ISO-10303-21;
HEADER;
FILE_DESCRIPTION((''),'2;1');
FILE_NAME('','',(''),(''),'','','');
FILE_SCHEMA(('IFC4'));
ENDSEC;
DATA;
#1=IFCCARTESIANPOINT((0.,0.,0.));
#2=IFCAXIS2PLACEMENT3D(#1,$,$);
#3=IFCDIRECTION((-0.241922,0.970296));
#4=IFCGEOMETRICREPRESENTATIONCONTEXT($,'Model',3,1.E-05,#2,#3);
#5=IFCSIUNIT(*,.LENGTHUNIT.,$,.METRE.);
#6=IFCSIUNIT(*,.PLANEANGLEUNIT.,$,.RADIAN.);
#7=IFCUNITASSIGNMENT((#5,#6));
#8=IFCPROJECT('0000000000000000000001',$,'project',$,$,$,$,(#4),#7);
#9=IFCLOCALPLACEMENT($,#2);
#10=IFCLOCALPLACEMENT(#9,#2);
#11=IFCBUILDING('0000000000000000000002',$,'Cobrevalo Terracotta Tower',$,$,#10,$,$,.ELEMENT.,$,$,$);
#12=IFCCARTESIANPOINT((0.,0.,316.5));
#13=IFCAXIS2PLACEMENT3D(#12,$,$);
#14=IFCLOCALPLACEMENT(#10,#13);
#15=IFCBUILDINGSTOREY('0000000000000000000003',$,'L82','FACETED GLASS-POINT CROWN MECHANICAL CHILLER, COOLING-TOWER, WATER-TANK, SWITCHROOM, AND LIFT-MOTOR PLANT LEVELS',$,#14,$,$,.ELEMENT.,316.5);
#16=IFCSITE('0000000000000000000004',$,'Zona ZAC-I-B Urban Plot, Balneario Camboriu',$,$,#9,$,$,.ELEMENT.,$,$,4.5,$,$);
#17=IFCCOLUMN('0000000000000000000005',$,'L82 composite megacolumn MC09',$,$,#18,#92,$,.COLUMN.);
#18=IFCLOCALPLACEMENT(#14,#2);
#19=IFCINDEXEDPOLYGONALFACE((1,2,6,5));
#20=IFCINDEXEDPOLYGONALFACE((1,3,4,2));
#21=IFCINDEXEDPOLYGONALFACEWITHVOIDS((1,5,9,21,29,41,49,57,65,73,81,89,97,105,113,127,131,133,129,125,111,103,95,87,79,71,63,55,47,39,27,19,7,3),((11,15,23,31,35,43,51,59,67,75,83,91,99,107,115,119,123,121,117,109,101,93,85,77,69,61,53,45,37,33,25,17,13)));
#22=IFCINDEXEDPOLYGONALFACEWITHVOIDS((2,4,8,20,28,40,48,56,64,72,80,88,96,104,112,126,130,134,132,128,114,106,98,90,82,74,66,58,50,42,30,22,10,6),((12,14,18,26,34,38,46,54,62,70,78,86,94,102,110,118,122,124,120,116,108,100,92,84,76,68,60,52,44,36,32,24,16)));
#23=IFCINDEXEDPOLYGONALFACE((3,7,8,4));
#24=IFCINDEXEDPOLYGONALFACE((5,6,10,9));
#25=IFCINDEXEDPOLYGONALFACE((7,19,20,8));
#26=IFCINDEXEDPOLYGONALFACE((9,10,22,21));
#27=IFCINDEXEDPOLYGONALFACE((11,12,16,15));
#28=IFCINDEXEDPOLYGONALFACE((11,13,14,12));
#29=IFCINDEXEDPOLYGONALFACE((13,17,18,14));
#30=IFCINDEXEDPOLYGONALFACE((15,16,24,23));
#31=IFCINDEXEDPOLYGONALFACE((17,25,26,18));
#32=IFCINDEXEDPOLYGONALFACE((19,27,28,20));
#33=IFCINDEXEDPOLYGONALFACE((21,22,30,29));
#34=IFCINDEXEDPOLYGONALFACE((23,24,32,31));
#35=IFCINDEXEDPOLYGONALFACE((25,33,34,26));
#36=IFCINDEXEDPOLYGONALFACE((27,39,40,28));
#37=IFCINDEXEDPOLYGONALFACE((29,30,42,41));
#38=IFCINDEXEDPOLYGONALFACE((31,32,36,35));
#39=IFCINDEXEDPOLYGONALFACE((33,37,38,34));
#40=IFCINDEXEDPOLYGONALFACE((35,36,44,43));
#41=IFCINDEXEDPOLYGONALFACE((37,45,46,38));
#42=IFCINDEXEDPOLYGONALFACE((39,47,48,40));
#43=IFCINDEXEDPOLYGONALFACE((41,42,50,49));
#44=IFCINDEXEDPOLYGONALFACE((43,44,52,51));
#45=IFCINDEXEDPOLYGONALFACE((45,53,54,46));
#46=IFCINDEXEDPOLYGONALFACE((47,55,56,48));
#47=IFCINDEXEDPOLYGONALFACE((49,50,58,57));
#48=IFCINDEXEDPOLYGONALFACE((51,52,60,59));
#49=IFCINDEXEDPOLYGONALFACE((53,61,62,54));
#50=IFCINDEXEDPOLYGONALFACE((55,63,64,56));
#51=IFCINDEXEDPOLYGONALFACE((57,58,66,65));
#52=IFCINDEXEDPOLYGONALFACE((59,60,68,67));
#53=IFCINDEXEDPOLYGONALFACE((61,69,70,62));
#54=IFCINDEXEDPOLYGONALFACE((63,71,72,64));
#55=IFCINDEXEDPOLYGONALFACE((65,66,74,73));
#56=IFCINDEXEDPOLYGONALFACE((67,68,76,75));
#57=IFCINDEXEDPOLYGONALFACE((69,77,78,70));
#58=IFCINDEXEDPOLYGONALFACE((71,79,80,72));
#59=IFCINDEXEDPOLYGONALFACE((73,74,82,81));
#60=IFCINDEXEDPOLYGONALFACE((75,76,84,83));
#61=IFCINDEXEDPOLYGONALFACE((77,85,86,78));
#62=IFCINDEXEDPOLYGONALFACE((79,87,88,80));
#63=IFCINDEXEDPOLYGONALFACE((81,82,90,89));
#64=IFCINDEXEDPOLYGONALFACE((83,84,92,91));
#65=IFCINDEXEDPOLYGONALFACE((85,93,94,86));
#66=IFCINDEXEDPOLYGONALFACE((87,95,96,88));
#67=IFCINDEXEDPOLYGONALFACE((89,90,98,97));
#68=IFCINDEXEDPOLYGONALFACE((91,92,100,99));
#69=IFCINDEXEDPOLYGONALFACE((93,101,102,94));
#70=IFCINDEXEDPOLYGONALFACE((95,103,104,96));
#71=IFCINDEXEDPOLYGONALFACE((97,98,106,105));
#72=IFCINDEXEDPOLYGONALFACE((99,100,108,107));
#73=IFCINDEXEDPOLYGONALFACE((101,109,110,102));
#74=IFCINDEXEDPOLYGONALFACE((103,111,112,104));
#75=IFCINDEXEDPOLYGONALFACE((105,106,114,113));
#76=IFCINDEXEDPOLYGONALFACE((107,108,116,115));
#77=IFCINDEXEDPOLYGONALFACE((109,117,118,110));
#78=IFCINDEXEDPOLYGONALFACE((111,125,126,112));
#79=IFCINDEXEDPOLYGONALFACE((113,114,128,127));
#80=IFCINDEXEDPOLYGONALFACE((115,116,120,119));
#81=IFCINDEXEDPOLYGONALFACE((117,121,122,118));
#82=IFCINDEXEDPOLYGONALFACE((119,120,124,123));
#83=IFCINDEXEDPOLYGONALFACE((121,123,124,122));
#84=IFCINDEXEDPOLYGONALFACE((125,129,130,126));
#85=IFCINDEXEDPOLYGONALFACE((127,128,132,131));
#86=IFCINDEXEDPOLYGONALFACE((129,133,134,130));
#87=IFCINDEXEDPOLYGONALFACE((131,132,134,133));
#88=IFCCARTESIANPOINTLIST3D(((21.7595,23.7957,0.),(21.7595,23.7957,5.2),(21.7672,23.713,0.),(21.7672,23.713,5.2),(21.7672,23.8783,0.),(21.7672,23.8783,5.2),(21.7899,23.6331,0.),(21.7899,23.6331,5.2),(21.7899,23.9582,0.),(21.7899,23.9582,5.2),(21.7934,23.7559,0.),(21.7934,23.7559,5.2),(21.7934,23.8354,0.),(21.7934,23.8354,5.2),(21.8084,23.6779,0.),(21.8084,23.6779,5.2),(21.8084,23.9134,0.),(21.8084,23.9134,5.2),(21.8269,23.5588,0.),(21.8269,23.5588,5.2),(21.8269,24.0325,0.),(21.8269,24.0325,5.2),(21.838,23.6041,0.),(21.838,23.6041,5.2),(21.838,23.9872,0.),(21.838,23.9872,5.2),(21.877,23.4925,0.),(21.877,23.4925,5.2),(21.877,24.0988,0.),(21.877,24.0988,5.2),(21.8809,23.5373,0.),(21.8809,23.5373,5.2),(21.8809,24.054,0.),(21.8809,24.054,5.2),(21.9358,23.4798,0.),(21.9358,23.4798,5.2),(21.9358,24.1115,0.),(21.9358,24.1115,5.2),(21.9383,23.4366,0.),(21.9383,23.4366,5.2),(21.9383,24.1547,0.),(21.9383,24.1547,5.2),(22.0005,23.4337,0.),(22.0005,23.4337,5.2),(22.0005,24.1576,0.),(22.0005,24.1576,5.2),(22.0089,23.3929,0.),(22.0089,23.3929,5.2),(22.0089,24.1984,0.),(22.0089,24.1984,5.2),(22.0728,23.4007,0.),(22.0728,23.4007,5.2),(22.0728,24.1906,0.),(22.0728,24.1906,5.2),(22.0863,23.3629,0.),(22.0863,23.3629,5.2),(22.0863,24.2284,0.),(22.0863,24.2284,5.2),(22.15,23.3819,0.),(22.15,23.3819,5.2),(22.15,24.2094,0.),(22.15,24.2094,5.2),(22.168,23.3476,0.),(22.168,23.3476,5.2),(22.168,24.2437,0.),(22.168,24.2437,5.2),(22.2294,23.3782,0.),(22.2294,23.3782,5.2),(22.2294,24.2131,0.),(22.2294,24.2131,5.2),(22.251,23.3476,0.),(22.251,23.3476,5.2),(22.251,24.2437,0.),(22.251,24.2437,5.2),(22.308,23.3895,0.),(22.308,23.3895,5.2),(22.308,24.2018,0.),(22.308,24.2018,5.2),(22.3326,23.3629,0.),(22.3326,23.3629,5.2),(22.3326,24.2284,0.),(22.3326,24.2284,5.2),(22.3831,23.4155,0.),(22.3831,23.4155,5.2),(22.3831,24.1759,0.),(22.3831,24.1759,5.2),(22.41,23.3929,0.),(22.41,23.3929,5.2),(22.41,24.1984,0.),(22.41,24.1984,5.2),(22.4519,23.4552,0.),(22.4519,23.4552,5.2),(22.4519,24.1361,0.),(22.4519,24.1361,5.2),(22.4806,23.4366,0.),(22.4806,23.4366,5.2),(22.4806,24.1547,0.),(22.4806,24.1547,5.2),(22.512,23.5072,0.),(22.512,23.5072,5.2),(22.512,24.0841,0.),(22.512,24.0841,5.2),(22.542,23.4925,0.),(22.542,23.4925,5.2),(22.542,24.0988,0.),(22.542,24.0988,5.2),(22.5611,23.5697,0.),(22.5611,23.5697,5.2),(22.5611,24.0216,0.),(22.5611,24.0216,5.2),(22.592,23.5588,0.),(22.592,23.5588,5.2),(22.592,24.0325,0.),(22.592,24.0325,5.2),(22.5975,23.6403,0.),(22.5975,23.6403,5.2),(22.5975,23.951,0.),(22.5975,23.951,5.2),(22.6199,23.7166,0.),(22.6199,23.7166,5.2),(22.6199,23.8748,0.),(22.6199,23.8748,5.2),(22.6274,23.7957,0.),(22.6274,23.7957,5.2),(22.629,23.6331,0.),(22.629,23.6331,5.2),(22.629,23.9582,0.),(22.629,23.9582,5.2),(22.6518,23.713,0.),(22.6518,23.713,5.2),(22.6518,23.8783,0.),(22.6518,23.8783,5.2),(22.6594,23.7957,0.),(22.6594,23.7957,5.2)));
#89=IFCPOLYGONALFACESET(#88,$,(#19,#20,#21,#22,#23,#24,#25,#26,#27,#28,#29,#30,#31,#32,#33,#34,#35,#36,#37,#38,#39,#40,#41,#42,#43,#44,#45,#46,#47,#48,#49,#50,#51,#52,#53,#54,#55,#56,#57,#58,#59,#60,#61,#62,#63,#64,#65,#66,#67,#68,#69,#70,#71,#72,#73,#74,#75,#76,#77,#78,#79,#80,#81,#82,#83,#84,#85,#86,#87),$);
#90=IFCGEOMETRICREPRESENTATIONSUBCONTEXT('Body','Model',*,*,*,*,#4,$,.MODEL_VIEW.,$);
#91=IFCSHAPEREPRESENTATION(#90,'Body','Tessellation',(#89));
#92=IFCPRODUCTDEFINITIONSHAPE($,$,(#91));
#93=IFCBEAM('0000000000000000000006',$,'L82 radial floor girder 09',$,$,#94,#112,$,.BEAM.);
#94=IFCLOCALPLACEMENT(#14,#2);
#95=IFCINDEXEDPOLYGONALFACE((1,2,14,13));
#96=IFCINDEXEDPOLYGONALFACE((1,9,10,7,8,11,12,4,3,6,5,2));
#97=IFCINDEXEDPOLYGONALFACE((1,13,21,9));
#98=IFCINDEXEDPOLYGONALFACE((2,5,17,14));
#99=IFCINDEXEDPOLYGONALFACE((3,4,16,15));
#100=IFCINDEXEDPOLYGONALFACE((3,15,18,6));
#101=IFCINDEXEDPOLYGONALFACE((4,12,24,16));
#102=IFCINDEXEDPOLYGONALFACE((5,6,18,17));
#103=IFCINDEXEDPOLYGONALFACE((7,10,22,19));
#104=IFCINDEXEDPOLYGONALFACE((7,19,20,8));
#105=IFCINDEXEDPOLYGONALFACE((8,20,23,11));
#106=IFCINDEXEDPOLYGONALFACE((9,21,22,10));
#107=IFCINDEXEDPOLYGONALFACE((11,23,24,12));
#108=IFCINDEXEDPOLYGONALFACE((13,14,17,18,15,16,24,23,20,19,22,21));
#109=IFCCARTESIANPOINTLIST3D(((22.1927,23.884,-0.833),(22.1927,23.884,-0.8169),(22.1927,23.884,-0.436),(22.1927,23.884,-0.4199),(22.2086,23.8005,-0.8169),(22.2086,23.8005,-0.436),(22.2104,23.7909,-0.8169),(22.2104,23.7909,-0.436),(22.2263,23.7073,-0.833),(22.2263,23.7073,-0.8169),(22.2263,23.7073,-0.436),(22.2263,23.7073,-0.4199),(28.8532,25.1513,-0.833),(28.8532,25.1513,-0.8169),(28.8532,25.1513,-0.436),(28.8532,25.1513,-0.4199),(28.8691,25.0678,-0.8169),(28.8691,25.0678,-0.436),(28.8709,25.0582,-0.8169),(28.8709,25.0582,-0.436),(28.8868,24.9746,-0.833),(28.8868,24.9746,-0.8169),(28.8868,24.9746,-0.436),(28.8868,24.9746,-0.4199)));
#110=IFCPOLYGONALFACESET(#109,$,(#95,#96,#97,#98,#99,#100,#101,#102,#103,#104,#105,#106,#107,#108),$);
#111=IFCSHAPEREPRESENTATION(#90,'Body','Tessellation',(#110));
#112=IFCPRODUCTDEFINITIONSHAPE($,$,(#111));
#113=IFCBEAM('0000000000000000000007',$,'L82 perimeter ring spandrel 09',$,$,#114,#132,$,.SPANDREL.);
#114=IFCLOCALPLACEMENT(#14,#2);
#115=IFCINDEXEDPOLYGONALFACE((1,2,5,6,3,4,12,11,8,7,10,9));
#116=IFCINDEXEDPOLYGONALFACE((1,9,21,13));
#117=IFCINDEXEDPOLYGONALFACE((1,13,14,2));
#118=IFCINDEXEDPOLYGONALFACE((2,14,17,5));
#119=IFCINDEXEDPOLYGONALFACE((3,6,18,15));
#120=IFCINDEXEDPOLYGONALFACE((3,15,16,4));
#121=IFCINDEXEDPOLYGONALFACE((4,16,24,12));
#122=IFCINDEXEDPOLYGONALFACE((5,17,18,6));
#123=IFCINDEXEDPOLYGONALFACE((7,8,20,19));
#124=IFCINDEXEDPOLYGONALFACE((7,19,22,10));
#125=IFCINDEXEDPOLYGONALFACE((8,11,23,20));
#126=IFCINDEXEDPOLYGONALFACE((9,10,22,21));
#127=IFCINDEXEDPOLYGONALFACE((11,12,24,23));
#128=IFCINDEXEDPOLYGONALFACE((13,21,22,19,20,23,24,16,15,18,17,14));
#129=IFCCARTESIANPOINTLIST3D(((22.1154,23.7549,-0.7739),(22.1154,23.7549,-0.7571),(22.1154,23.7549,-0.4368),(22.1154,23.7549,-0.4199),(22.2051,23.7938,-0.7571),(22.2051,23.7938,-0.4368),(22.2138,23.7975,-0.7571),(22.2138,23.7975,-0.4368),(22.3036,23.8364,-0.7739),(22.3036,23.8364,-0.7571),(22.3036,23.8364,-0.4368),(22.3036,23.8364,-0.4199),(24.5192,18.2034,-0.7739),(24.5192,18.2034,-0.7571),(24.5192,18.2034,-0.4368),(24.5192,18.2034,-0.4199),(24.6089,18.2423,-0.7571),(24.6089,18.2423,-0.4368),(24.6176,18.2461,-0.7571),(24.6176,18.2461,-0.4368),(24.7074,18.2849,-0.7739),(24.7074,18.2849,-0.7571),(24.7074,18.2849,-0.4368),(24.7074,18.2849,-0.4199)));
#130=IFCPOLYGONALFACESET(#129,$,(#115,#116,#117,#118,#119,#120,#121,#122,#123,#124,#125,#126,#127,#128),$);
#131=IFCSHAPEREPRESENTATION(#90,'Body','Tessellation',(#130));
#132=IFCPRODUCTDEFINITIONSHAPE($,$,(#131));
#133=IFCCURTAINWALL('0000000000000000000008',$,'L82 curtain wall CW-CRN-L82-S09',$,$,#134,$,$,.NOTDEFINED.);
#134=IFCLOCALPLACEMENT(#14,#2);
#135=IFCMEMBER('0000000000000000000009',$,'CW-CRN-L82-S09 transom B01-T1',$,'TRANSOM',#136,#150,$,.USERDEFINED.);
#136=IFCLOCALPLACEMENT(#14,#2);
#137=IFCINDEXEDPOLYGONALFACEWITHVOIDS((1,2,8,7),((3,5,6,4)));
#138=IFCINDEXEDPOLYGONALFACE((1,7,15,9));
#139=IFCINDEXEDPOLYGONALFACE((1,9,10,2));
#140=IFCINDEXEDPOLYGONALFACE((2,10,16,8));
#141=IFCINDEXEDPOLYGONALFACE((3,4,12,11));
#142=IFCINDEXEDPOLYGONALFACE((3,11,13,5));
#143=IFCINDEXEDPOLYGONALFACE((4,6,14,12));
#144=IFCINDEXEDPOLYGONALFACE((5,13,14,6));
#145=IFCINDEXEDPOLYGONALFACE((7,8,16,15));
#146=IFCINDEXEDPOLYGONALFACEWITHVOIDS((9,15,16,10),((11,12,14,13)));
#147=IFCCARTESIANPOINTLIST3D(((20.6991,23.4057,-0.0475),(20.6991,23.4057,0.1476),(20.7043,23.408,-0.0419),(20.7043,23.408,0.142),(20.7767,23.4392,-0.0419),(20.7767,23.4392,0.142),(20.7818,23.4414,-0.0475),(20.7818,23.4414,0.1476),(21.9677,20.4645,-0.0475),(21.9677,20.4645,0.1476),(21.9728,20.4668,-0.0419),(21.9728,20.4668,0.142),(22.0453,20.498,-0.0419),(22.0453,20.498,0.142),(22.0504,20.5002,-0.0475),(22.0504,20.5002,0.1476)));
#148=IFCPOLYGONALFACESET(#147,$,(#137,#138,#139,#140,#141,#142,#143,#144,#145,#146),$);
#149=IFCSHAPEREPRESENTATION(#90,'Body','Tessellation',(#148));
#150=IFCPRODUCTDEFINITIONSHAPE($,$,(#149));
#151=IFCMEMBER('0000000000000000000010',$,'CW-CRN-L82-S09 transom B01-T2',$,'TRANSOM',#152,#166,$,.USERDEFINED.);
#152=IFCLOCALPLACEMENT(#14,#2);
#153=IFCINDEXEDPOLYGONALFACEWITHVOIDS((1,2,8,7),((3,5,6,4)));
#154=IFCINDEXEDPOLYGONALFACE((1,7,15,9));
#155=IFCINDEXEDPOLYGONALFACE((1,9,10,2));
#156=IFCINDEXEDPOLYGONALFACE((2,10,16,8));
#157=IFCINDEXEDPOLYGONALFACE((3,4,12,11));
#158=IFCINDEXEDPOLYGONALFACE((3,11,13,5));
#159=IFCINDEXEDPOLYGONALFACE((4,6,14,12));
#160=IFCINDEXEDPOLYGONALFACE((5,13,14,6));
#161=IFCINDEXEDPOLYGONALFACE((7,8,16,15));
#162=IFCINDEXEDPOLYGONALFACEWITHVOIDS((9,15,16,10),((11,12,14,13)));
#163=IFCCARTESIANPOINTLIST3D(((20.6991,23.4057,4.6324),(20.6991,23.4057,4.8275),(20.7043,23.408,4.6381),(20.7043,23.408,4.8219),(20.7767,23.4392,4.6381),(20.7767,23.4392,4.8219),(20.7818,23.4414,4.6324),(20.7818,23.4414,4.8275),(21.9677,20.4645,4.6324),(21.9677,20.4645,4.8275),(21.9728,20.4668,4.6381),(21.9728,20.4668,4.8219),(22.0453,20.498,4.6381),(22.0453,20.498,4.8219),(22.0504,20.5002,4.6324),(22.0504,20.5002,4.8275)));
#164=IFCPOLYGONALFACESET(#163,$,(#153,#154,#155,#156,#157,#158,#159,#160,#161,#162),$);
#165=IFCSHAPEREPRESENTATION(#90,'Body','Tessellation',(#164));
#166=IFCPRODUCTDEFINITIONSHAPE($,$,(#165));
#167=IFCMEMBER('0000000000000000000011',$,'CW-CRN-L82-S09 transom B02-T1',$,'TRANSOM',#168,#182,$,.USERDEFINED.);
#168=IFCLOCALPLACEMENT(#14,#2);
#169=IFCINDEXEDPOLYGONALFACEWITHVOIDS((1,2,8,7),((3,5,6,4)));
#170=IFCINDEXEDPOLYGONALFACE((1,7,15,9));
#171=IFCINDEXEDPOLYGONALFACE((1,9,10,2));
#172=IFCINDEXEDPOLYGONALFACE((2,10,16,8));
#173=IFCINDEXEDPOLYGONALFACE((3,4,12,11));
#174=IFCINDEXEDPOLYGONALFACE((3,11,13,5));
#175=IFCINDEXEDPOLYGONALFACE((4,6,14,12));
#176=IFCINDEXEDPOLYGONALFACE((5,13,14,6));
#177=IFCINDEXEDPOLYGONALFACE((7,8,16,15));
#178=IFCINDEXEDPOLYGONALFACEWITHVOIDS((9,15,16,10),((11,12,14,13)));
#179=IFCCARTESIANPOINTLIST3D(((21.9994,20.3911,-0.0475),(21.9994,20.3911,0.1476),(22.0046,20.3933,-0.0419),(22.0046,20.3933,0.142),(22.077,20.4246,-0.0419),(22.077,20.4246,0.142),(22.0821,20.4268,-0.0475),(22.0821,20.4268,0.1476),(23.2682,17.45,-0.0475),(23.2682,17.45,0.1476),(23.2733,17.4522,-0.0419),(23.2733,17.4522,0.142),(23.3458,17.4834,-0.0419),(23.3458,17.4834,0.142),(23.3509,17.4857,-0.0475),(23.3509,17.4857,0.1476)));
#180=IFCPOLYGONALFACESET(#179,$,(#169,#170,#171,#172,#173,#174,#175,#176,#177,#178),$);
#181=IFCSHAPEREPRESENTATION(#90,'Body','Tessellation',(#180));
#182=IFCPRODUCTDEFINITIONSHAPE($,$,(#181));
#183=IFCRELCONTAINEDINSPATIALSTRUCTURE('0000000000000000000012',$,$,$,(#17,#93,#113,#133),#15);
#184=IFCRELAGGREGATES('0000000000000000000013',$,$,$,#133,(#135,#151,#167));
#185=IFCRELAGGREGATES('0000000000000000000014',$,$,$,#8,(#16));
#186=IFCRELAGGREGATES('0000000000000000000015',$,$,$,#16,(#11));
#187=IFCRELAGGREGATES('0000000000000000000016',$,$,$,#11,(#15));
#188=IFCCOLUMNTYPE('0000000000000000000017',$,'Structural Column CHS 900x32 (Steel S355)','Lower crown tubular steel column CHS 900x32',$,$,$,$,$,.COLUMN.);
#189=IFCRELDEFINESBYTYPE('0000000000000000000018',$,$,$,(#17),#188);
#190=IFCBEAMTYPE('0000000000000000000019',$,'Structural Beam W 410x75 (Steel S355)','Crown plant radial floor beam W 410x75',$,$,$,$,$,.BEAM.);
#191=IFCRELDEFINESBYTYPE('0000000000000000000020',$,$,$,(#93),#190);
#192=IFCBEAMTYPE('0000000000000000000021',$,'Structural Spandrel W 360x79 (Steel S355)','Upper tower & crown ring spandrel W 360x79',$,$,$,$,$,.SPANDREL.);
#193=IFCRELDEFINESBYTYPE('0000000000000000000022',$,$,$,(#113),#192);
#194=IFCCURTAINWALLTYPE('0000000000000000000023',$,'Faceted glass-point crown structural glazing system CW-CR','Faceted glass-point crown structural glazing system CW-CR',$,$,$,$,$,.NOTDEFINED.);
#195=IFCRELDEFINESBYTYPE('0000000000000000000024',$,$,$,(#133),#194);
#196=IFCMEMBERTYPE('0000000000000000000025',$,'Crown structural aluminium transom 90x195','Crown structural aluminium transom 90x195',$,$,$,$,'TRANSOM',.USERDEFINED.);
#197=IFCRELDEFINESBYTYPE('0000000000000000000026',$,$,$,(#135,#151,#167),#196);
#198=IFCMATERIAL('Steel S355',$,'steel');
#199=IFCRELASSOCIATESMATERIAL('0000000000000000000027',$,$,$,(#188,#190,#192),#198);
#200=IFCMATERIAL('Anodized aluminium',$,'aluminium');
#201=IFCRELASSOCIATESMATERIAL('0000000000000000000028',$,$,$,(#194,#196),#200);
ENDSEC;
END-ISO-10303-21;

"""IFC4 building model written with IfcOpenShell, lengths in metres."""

from ifc_helpers import new_model, si_unit, direction, frame, origin, origin_2d, place, context, subcontext, project, spatial, hollow_rectangle, hollow_circle, i_section, extrude, source, transform, mapped, material, material_profile, profile_set, type_object, element, aggregate, save


model = new_model("IFC4")

# Units and contexts
model_context = context("Model", 3, precision=1e-05, world=origin(), true_north=direction((-0.241922, 0.970296)))
body_context = subcontext(model_context, "Body", "Model", "MODEL_VIEW")
ifc_project = project(units=[si_unit("LENGTHUNIT", "METRE"), si_unit("PLANEANGLEUNIT", "RADIAN")], contexts=[model_context])

# Site, building, storey
site_placement = place(None, origin())
site = spatial("IfcSite", under=ifc_project, at=site_placement, Name="Zona ZAC-I-B Urban Plot, Balneario Camboriu", CompositionType="ELEMENT", RefElevation=4.5)
building_placement = place(site_placement, origin())
building = spatial("IfcBuilding", under=site, at=building_placement, Name="Cobrevalo Terracotta Tower", CompositionType="ELEMENT")
storey_placement = place(building_placement, frame((0.0, 0.0, 316.5)))
storey = spatial("IfcBuildingStorey", under=building, at=storey_placement, Name="L82", Description="FACETED GLASS-POINT CROWN MECHANICAL CHILLER, COOLING-TOWER, WATER-TANK, SWITCHROOM, AND LIFT-MOTOR PLANT LEVELS", CompositionType="ELEMENT", Elevation=316.5)

# Column
ifc_material_1 = material(Name="Steel S355", Category="steel")
ifc_material_profile_1 = material_profile(ifc_material_1, hollow_circle(Radius=0.45, WallThickness=0.032, at=origin_2d()), Name="CHS 900x32")
ifc_profile_set_1 = profile_set([ifc_material_profile_1], Name="Steel S355")
column_type = type_object("IfcColumnType", Name="Structural Column CHS 900x32 (Steel S355)", Description="Lower crown tubular steel column CHS 900x32", PredefinedType="COLUMN", material=ifc_profile_set_1)
column_placement = place(storey_placement, frame((22.2095, 23.7957, 0.0), z_axis=(0.0, 0.0, 1.0), x_axis=(1.0, 0.0, 0.0)))
element("IfcColumn", 1, at=column_placement, inside=storey, type_object=column_type, Name="L82 composite megacolumn MC09", PredefinedType="COLUMN", context=body_context, shape_type="SweptSolid", body=[
    extrude(hollow_circle(Radius=0.45, WallThickness=0.032, at=origin_2d()), origin(), (0.0, 0.0, 1.0), 5.2),
])

# Beams
ifc_material_profile_2 = material_profile(ifc_material_1, i_section(OverallWidth=0.1799, OverallDepth=0.4131, WebThickness=0.0098, FlangeThickness=0.0161, at=origin_2d()), Name="W 410x75")
ifc_profile_set_2 = profile_set([ifc_material_profile_2], Name="Steel S355")
beam_type_1 = type_object("IfcBeamType", Name="Structural Beam W 410x75 (Steel S355)", Description="Crown plant radial floor beam W 410x75", PredefinedType="BEAM", material=ifc_profile_set_2)
beam_1_placement = place(storey_placement, frame((22.2095, 23.7957, -0.6265), z_axis=(0.982375, 0.186919, 0.0), x_axis=(-0.186919, 0.982375, 0.0)))
element("IfcBeam", 2, at=beam_1_placement, inside=storey, type_object=beam_type_1, Name="L82 radial floor girder 09", PredefinedType="BEAM", context=body_context, shape_type="SweptSolid", body=[
    extrude(i_section(OverallWidth=0.1799, OverallDepth=0.4131, WebThickness=0.0098, FlangeThickness=0.0161, at=origin_2d()), origin(), (0.0, 0.0, 1.0), 6.78),
])
ifc_material_profile_3 = material_profile(ifc_material_1, i_section(OverallWidth=0.2051, OverallDepth=0.354, WebThickness=0.0095, FlangeThickness=0.0168, at=origin_2d()), Name="W 360x79")
ifc_profile_set_3 = profile_set([ifc_material_profile_3], Name="Steel S355")
beam_type_2 = type_object("IfcBeamType", Name="Structural Spandrel W 360x79 (Steel S355)", Description="Upper tower & crown ring spandrel W 360x79", PredefinedType="SPANDREL", material=ifc_profile_set_3)
beam_2_placement = place(storey_placement, frame((22.2095, 23.7957, -0.5969), z_axis=(0.39735, -0.917667, 0.0), x_axis=(0.917667, 0.39735, 0.0)))
element("IfcBeam", 3, at=beam_2_placement, inside=storey, type_object=beam_type_2, Name="L82 perimeter ring spandrel 09", PredefinedType="SPANDREL", context=body_context, shape_type="SweptSolid", body=[
    extrude(i_section(OverallWidth=0.2051, OverallDepth=0.354, WebThickness=0.0095, FlangeThickness=0.0168, at=origin_2d()), origin(), (0.0, 0.0, 1.0), 6.0496),
])

# Curtain wall, members
ifc_material_2 = material(Name="Anodized aluminium", Category="aluminium")
curtain_wall_type = type_object("IfcCurtainWallType", Name="Faceted glass-point crown structural glazing system CW-CR", Description="Faceted glass-point crown structural glazing system CW-CR", PredefinedType="NOTDEFINED", material=ifc_material_2)
curtain_wall_1_placement = place(storey_placement, origin())
curtain_wall_1 = element("IfcCurtainWall", 4, at=curtain_wall_1_placement, inside=storey, type_object=curtain_wall_type, Name="L82 curtain wall CW-CRN-L82-S09", PredefinedType="NOTDEFINED")
ifc_material_profile_4 = material_profile(ifc_material_2, hollow_rectangle(XDim=0.0901, YDim=0.1951, WallThickness=0.0056, at=origin_2d()), Name="CWT 90x195")
ifc_profile_set_4 = profile_set([ifc_material_profile_4], Name="Anodized aluminium")
member_type_1 = type_object("IfcMemberType", Name="Crown structural aluminium transom 90x195", Description="Crown structural aluminium transom 90x195", ElementType="TRANSOM", PredefinedType="USERDEFINED", material=ifc_profile_set_4)
shared_shape_1 = source(origin(), body_context, "Body", "SweptSolid", [
    extrude(hollow_rectangle(XDim=0.0901, YDim=0.1951, WallThickness=0.0056, at=origin_2d()), origin(), (0.0, 0.0, 1.0), 3.2031),
])
member_1_placement = place(storey_placement, frame((20.7405, 23.4236, 0.05), z_axis=(0.396043, -0.918232, 0.0), x_axis=(0.918232, 0.396043, 0.0)))
member_1 = element("IfcMember", 5, at=member_1_placement, type_object=member_type_1, Name="CW-CRN-L82-S09 transom B01-T1", ObjectType="TRANSOM", PredefinedType="USERDEFINED", context=body_context, shape_type="MappedRepresentation", body=[
    mapped(shared_shape_1, transform((0.0, 0.0, 0.0), scale=1.0)),
])
member_2_placement = place(storey_placement, frame((20.7405, 23.4236, 4.73), z_axis=(0.396043, -0.918232, 0.0), x_axis=(0.918232, 0.396043, 0.0)))
member_2 = element("IfcMember", 6, at=member_2_placement, type_object=member_type_1, Name="CW-CRN-L82-S09 transom B01-T2", ObjectType="TRANSOM", PredefinedType="USERDEFINED", context=body_context, shape_type="MappedRepresentation", body=[
    mapped(shared_shape_1, transform((0.0, 0.0, 0.0), scale=1.0)),
])
member_3_placement = place(storey_placement, frame((22.0408, 20.4089, 0.05), z_axis=(0.396107, -0.918204, 0.0), x_axis=(0.918204, 0.396107, 0.0)))
member_3 = element("IfcMember", 7, at=member_3_placement, type_object=member_type_1, Name="CW-CRN-L82-S09 transom B02-T1", ObjectType="TRANSOM", PredefinedType="USERDEFINED", context=body_context, shape_type="MappedRepresentation", body=[
    mapped(shared_shape_1, transform((0.0, 0.0, 0.0), scale=1.0)),
])

aggregate(curtain_wall_1, [member_1, member_2, member_3])

save(model, "model.ifc")
